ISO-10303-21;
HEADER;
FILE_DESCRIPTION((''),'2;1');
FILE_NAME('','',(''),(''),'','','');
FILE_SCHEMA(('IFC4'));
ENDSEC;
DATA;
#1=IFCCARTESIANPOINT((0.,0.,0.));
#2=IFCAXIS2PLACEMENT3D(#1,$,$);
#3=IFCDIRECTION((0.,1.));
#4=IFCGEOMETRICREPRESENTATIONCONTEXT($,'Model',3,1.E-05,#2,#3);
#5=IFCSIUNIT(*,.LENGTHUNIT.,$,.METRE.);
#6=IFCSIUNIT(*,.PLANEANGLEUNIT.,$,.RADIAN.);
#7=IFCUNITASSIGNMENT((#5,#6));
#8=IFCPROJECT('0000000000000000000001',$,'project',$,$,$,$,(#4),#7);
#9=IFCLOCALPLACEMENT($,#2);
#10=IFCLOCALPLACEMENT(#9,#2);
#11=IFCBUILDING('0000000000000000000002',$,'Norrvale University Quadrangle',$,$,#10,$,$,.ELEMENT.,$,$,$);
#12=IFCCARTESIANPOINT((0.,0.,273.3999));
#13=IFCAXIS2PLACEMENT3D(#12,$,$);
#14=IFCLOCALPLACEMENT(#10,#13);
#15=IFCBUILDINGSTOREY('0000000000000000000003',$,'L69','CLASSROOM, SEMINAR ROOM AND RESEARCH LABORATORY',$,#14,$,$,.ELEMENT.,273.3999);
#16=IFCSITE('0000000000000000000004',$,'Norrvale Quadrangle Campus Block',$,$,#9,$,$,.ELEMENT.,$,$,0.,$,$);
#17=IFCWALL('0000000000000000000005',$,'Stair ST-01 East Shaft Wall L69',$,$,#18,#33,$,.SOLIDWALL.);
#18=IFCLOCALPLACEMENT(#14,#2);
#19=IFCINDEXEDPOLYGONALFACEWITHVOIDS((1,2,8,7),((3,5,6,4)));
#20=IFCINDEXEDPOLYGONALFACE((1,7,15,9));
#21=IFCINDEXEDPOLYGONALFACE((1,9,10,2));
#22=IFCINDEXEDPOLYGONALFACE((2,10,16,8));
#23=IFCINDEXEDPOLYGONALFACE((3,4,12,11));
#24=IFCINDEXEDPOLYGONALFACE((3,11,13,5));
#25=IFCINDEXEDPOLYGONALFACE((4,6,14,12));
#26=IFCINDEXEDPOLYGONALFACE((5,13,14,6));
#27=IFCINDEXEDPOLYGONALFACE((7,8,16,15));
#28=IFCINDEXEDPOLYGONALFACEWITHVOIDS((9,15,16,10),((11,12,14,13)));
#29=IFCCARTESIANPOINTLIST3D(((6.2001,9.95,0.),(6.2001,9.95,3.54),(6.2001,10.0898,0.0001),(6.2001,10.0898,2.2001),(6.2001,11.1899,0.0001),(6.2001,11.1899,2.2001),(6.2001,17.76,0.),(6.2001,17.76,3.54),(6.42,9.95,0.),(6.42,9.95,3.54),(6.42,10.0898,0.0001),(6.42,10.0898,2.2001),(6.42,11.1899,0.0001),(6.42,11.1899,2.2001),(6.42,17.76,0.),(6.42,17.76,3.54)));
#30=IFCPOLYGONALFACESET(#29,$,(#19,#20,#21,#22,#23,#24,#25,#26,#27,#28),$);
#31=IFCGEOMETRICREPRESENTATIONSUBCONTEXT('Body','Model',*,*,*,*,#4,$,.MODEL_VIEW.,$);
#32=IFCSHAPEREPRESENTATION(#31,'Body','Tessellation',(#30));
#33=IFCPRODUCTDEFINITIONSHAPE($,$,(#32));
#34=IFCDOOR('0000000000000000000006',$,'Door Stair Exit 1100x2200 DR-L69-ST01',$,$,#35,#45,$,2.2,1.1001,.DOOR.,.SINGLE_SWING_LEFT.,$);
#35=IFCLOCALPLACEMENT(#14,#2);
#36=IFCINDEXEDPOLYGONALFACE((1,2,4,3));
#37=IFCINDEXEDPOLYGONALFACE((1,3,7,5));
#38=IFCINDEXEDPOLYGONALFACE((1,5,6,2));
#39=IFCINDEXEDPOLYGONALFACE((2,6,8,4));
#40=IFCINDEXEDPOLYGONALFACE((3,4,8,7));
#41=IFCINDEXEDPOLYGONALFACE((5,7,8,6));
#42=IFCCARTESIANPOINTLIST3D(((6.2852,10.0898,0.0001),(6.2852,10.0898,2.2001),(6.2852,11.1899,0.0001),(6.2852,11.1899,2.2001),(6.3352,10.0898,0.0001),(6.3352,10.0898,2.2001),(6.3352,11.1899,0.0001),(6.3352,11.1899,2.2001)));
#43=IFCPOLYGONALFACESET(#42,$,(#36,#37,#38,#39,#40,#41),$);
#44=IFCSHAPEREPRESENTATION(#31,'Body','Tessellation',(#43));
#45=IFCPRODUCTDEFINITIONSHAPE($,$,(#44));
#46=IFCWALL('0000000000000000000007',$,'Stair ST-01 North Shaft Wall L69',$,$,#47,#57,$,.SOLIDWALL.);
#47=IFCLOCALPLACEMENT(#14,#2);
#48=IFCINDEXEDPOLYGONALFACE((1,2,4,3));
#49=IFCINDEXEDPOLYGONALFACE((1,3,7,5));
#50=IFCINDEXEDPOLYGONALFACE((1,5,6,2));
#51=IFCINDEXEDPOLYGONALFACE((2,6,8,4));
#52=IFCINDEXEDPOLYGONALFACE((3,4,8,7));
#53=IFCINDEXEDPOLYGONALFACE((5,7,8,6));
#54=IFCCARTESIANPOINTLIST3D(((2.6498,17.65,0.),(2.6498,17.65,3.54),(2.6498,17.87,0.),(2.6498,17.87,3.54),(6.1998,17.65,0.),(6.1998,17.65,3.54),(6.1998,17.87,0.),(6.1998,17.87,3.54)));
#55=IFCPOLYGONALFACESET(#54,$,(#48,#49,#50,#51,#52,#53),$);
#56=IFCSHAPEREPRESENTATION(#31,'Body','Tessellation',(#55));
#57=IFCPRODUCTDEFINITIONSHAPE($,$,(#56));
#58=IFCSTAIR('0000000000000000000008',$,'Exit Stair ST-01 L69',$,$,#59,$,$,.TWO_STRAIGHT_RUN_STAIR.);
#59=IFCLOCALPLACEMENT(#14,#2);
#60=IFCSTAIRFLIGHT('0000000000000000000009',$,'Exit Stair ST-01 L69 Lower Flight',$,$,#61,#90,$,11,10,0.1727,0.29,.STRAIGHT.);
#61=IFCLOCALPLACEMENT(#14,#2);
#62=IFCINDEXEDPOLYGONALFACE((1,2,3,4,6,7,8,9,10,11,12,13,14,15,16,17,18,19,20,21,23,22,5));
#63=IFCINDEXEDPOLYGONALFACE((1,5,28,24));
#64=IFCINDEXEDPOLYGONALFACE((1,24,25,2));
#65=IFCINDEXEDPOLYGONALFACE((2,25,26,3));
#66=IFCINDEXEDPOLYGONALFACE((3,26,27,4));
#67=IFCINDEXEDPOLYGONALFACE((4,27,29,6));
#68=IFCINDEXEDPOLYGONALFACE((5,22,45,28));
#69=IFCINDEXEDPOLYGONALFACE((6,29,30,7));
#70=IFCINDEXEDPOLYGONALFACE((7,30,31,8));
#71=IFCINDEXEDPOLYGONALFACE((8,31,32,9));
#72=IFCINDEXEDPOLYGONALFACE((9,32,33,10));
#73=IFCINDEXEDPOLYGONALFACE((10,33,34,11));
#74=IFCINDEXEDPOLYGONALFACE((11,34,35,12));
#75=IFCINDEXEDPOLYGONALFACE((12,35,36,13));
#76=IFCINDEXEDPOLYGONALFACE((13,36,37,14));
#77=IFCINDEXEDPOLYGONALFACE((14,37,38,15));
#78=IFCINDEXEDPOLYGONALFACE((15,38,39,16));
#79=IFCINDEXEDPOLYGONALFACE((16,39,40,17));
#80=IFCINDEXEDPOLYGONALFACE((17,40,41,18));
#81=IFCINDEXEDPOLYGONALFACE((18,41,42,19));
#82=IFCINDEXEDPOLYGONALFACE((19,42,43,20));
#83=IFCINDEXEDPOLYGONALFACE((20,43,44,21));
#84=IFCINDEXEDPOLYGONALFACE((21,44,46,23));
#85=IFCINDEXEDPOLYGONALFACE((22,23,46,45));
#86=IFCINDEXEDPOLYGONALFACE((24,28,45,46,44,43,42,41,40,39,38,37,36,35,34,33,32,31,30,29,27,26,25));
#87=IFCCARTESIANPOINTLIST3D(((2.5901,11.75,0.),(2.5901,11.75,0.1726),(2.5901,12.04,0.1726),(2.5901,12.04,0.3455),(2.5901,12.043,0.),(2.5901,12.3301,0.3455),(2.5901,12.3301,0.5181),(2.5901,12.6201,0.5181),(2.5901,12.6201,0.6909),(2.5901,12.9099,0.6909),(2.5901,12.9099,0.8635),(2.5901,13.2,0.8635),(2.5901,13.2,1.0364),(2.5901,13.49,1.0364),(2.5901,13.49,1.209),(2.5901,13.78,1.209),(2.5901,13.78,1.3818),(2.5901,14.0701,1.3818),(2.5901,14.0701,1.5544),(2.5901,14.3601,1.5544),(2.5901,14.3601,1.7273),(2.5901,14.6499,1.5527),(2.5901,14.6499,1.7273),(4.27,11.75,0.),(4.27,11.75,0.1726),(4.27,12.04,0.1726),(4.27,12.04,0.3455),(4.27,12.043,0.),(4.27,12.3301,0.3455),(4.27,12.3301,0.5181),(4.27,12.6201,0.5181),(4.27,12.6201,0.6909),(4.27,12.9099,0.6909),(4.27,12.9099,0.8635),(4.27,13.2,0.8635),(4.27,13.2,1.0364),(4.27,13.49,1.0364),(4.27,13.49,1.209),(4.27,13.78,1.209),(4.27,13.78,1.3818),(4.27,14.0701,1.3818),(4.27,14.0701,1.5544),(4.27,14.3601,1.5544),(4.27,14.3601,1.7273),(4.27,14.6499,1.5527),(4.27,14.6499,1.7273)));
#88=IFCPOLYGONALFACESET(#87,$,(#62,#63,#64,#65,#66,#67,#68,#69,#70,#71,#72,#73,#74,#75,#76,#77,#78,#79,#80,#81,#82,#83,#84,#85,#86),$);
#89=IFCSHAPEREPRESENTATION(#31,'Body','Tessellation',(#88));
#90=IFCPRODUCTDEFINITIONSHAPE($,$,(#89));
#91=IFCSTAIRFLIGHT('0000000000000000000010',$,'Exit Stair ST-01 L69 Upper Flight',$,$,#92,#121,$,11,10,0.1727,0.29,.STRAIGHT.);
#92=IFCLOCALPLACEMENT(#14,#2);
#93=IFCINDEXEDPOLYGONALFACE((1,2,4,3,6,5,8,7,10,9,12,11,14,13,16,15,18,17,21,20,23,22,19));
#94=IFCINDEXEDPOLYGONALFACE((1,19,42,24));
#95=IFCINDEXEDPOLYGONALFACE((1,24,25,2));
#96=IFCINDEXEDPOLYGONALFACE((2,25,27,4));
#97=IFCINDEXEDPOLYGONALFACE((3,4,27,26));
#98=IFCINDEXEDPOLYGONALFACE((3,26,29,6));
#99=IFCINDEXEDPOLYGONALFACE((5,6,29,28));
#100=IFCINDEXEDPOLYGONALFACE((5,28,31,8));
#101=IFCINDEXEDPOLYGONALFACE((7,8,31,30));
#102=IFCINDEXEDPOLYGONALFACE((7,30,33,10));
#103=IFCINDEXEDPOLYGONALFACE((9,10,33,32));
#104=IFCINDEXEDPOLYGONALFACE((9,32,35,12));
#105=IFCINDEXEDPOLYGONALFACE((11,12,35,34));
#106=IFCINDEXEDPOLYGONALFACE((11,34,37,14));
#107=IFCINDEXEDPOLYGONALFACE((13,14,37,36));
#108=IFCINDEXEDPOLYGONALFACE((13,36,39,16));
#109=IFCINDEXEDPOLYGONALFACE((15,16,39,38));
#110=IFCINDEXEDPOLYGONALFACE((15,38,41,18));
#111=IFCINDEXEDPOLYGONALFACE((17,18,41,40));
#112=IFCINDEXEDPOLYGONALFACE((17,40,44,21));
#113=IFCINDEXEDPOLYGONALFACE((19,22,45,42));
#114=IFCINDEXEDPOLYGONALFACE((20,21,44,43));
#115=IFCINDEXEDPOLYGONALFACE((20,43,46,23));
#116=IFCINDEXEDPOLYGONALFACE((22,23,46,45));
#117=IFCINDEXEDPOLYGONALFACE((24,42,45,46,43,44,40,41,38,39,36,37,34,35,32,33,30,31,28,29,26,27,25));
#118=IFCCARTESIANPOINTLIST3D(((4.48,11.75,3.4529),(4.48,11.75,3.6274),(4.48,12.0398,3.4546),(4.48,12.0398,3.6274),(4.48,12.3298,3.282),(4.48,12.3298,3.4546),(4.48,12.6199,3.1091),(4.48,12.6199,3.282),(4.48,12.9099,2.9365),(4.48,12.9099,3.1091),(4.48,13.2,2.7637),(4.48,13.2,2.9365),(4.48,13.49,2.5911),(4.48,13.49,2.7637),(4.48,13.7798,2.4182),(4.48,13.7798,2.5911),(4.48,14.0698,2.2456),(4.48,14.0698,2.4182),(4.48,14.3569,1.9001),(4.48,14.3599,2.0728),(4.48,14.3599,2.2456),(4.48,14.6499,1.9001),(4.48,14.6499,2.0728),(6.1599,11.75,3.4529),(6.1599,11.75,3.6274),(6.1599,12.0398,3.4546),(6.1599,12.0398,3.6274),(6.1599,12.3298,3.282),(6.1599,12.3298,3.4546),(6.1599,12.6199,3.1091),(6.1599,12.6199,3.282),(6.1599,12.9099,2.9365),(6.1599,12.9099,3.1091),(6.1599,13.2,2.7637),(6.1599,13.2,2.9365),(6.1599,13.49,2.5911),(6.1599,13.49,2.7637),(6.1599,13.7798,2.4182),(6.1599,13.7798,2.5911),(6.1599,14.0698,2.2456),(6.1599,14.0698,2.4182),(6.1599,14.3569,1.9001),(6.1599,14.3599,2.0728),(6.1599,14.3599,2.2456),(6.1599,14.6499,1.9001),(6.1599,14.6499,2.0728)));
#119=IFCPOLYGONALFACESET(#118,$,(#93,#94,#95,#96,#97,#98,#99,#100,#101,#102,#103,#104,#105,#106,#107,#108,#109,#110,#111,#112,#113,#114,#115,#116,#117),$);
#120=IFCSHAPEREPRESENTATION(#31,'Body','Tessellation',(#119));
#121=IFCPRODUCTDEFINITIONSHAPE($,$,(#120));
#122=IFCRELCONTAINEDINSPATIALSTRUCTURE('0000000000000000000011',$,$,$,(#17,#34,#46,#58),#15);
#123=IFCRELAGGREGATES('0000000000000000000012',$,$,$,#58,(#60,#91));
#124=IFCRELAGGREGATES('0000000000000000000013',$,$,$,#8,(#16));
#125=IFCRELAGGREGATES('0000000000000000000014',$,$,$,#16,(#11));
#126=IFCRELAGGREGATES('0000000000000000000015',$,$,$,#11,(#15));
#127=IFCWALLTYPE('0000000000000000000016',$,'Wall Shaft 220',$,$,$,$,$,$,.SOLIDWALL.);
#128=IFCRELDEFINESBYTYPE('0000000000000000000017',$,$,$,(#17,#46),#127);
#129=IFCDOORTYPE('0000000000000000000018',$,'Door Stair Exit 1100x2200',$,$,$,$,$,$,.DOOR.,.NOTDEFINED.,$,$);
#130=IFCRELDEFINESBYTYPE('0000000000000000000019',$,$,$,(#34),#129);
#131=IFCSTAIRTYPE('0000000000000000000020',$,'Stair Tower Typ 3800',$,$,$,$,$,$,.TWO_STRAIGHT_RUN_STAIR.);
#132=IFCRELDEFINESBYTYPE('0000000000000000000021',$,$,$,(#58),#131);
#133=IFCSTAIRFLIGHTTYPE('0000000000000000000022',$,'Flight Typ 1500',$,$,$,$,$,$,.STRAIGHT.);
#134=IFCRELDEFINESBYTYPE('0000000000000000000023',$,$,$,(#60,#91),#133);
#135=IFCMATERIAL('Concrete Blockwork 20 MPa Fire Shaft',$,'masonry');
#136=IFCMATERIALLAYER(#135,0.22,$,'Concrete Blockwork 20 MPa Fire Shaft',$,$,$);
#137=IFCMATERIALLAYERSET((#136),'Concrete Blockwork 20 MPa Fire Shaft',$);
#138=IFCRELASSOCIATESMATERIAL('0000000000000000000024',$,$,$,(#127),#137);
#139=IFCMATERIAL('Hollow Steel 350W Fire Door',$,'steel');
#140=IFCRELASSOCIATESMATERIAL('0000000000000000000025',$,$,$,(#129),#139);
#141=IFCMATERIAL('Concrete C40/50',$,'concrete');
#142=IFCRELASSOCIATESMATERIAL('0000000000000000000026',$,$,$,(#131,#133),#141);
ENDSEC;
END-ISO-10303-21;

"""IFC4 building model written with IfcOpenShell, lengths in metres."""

from ifc_helpers import new_model, si_unit, direction, frame, frame_2d, origin, place, context, subcontext, project, spatial, polyline, rectangle, outline, extrude, material, layer, layer_set, type_object, element, fill, aggregate, save


model = new_model("IFC4")

# Units and contexts
model_context = context("Model", 3, precision=1e-05, world=origin(), true_north=direction((0.0, 1.0)))
body_context = subcontext(model_context, "Body", "Model", "MODEL_VIEW")
ifc_project = project(units=[si_unit("LENGTHUNIT", "METRE"), si_unit("PLANEANGLEUNIT", "RADIAN")], contexts=[model_context])

# Site, building, storey
site_placement = place(None, origin())
site = spatial("IfcSite", under=ifc_project, at=site_placement, Name="Norrvale Quadrangle Campus Block", CompositionType="ELEMENT", RefElevation=0.0)
building_placement = place(site_placement, origin())
building = spatial("IfcBuilding", under=site, at=building_placement, Name="Norrvale University Quadrangle", CompositionType="ELEMENT")
storey_placement = place(building_placement, frame((0.0, 0.0, 273.3999)))
storey = spatial("IfcBuildingStorey", under=building, at=storey_placement, Name="L69", Description="CLASSROOM, SEMINAR ROOM AND RESEARCH LABORATORY", CompositionType="ELEMENT", Elevation=273.3999)

# Wall, opening, door
ifc_material_1 = material(Name="Concrete Blockwork 20 MPa Fire Shaft", Category="masonry")
ifc_layer = layer(ifc_material_1, 0.22, Name="Concrete Blockwork 20 MPa Fire Shaft")
ifc_layer_set = layer_set([ifc_layer], Name="Concrete Blockwork 20 MPa Fire Shaft")
wall_type = type_object("IfcWallType", Name="Wall Shaft 220", PredefinedType="SOLIDWALL", material=ifc_layer_set)
wall_1_placement = place(storey_placement, frame((6.3101, 9.95, 0.0), z_axis=(0.0, 0.0, 1.0), x_axis=(0.0, 1.0, 0.0)))
wall_1 = element("IfcWall", 1, at=wall_1_placement, inside=storey, type_object=wall_type, Name="Stair ST-01 East Shaft Wall L69", PredefinedType="SOLIDWALL", context=body_context, shape_type="SweptSolid", body=[
    extrude(rectangle(XDim=7.8101, YDim=0.22, at=frame_2d((3.905, 0.0))), origin(), (0.0, 0.0, 1.0), 3.54),
])
opening_placement = place(wall_1_placement, frame((0.1399, 0.0, 0.0)))
opening = element("IfcOpeningElement", 2, at=opening_placement, cuts=wall_1, PredefinedType="OPENING", context=body_context, shape_type="SweptSolid", body=[
    extrude(rectangle(XDim=1.1001, YDim=2.2, at=frame_2d((0.55, 1.1001))), frame((0.0, 0.1221, 0.0), z_axis=(0.0, -1.0, 0.0), x_axis=(1.0, 0.0, 0.0)), (0.0, 0.0, 1.0), 0.2439),
])
ifc_material_2 = material(Name="Hollow Steel 350W Fire Door", Category="steel")
door_type = type_object("IfcDoorType", Name="Door Stair Exit 1100x2200", OperationType="NOTDEFINED", PredefinedType="DOOR", material=ifc_material_2)
door_placement = place(opening_placement, origin())
door = element("IfcDoor", 3, at=door_placement, inside=storey, type_object=door_type, Name="Door Stair Exit 1100x2200 DR-L69-ST01", OperationType="SINGLE_SWING_LEFT", OverallHeight=2.2, OverallWidth=1.1001, PredefinedType="DOOR", context=body_context, shape_type="SweptSolid", body=[
    extrude(rectangle(XDim=1.1001, YDim=2.2, at=frame_2d((0.55, 1.1001))), frame((0.0, 0.0249, 0.0), z_axis=(0.0, -1.0, 0.0), x_axis=(1.0, 0.0, 0.0)), (0.0, 0.0, 1.0), 0.05),
])
fill(opening, door)

# Wall
wall_2_placement = place(storey_placement, frame((2.6499, 17.76, 0.0), z_axis=(0.0, 0.0, 1.0), x_axis=(1.0, 0.0, 0.0)))
element("IfcWall", 4, at=wall_2_placement, inside=storey, type_object=wall_type, Name="Stair ST-01 North Shaft Wall L69", PredefinedType="SOLIDWALL", context=body_context, shape_type="SweptSolid", body=[
    extrude(rectangle(XDim=3.55, YDim=0.22, at=frame_2d((1.7749, 0.0))), origin(), (0.0, 0.0, 1.0), 3.54),
])

# Stair, stair flights
ifc_material_3 = material(Name="Concrete C40/50", Category="concrete")
stair_type = type_object("IfcStairType", Name="Stair Tower Typ 3800", PredefinedType="TWO_STRAIGHT_RUN_STAIR", material=ifc_material_3)
stair_placement = place(storey_placement, origin())
stair = element("IfcStair", 5, at=stair_placement, inside=storey, type_object=stair_type, Name="Exit Stair ST-01 L69", PredefinedType="TWO_STRAIGHT_RUN_STAIR")
stair_flight_type = type_object("IfcStairFlightType", Name="Flight Typ 1500", PredefinedType="STRAIGHT", material=ifc_material_3)
stair_flight_1_placement = place(storey_placement, frame((3.4299, 11.75, 0.0), z_axis=(0.0, 0.0, 1.0), x_axis=(0.0, 1.0, 0.0)))
stair_flight_1 = element("IfcStairFlight", 6, at=stair_flight_1_placement, type_object=stair_flight_type, Name="Exit Stair ST-01 L69 Lower Flight", NumberOfRisers=11, NumberOfTreads=10, PredefinedType="STRAIGHT", RiserHeight=0.1727, TreadLength=0.29, context=body_context, shape_type="SweptSolid", body=[
    extrude(outline(polyline([(0.0, 0.0), (0.0, 0.1726), (0.29, 0.1726), (0.29, 0.3455), (0.5801, 0.3455), (0.5801, 0.5181), (0.8701, 0.5181), (0.8701, 0.6909), (1.1599, 0.6909), (1.1599, 0.8635), (1.45, 0.8635), (1.45, 1.0364), (1.74, 1.0364), (1.74, 1.209), (2.03, 1.209), (2.03, 1.3818), (2.3201, 1.3818), (2.3201, 1.5544), (2.6101, 1.5544), (2.6101, 1.7273), (2.8999, 1.7273), (2.8999, 1.8999), (2.8999, 1.5527), (0.293, 0.0), (0.0, 0.0)])), frame((0.0, 0.8398, 0.0), z_axis=(0.0, -1.0, 0.0), x_axis=(1.0, 0.0, 0.0)), (0.0, 0.0, 1.0), 1.6799),
])
stair_flight_2_placement = place(storey_placement, frame((5.3201, 14.6499, 1.9001), z_axis=(0.0, 0.0, 1.0), x_axis=(0.0, -1.0, 0.0)))
stair_flight_2 = element("IfcStairFlight", 7, at=stair_flight_2_placement, type_object=stair_flight_type, Name="Exit Stair ST-01 L69 Upper Flight", NumberOfRisers=11, NumberOfTreads=10, PredefinedType="STRAIGHT", RiserHeight=0.1727, TreadLength=0.29, context=body_context, shape_type="SweptSolid", body=[
    extrude(outline(polyline([(0.0, 0.0), (0.0, 0.1726), (0.29, 0.1726), (0.29, 0.3455), (0.5801, 0.3455), (0.5801, 0.5181), (0.8701, 0.5181), (0.8701, 0.6909), (1.1599, 0.6909), (1.1599, 0.8635), (1.45, 0.8635), (1.45, 1.0364), (1.74, 1.0364), (1.74, 1.209), (2.03, 1.209), (2.03, 1.3818), (2.3201, 1.3818), (2.3201, 1.5544), (2.6101, 1.5544), (2.6101, 1.7273), (2.8999, 1.7273), (2.8999, 1.8999), (2.8999, 1.5527), (0.293, 0.0), (0.0, 0.0)])), frame((0.0, 0.8398, 0.0), z_axis=(0.0, -1.0, 0.0), x_axis=(1.0, 0.0, 0.0)), (0.0, 0.0, 1.0), 1.6799),
])
aggregate(stair, [stair_flight_1, stair_flight_2])

save(model, "model.ifc")
